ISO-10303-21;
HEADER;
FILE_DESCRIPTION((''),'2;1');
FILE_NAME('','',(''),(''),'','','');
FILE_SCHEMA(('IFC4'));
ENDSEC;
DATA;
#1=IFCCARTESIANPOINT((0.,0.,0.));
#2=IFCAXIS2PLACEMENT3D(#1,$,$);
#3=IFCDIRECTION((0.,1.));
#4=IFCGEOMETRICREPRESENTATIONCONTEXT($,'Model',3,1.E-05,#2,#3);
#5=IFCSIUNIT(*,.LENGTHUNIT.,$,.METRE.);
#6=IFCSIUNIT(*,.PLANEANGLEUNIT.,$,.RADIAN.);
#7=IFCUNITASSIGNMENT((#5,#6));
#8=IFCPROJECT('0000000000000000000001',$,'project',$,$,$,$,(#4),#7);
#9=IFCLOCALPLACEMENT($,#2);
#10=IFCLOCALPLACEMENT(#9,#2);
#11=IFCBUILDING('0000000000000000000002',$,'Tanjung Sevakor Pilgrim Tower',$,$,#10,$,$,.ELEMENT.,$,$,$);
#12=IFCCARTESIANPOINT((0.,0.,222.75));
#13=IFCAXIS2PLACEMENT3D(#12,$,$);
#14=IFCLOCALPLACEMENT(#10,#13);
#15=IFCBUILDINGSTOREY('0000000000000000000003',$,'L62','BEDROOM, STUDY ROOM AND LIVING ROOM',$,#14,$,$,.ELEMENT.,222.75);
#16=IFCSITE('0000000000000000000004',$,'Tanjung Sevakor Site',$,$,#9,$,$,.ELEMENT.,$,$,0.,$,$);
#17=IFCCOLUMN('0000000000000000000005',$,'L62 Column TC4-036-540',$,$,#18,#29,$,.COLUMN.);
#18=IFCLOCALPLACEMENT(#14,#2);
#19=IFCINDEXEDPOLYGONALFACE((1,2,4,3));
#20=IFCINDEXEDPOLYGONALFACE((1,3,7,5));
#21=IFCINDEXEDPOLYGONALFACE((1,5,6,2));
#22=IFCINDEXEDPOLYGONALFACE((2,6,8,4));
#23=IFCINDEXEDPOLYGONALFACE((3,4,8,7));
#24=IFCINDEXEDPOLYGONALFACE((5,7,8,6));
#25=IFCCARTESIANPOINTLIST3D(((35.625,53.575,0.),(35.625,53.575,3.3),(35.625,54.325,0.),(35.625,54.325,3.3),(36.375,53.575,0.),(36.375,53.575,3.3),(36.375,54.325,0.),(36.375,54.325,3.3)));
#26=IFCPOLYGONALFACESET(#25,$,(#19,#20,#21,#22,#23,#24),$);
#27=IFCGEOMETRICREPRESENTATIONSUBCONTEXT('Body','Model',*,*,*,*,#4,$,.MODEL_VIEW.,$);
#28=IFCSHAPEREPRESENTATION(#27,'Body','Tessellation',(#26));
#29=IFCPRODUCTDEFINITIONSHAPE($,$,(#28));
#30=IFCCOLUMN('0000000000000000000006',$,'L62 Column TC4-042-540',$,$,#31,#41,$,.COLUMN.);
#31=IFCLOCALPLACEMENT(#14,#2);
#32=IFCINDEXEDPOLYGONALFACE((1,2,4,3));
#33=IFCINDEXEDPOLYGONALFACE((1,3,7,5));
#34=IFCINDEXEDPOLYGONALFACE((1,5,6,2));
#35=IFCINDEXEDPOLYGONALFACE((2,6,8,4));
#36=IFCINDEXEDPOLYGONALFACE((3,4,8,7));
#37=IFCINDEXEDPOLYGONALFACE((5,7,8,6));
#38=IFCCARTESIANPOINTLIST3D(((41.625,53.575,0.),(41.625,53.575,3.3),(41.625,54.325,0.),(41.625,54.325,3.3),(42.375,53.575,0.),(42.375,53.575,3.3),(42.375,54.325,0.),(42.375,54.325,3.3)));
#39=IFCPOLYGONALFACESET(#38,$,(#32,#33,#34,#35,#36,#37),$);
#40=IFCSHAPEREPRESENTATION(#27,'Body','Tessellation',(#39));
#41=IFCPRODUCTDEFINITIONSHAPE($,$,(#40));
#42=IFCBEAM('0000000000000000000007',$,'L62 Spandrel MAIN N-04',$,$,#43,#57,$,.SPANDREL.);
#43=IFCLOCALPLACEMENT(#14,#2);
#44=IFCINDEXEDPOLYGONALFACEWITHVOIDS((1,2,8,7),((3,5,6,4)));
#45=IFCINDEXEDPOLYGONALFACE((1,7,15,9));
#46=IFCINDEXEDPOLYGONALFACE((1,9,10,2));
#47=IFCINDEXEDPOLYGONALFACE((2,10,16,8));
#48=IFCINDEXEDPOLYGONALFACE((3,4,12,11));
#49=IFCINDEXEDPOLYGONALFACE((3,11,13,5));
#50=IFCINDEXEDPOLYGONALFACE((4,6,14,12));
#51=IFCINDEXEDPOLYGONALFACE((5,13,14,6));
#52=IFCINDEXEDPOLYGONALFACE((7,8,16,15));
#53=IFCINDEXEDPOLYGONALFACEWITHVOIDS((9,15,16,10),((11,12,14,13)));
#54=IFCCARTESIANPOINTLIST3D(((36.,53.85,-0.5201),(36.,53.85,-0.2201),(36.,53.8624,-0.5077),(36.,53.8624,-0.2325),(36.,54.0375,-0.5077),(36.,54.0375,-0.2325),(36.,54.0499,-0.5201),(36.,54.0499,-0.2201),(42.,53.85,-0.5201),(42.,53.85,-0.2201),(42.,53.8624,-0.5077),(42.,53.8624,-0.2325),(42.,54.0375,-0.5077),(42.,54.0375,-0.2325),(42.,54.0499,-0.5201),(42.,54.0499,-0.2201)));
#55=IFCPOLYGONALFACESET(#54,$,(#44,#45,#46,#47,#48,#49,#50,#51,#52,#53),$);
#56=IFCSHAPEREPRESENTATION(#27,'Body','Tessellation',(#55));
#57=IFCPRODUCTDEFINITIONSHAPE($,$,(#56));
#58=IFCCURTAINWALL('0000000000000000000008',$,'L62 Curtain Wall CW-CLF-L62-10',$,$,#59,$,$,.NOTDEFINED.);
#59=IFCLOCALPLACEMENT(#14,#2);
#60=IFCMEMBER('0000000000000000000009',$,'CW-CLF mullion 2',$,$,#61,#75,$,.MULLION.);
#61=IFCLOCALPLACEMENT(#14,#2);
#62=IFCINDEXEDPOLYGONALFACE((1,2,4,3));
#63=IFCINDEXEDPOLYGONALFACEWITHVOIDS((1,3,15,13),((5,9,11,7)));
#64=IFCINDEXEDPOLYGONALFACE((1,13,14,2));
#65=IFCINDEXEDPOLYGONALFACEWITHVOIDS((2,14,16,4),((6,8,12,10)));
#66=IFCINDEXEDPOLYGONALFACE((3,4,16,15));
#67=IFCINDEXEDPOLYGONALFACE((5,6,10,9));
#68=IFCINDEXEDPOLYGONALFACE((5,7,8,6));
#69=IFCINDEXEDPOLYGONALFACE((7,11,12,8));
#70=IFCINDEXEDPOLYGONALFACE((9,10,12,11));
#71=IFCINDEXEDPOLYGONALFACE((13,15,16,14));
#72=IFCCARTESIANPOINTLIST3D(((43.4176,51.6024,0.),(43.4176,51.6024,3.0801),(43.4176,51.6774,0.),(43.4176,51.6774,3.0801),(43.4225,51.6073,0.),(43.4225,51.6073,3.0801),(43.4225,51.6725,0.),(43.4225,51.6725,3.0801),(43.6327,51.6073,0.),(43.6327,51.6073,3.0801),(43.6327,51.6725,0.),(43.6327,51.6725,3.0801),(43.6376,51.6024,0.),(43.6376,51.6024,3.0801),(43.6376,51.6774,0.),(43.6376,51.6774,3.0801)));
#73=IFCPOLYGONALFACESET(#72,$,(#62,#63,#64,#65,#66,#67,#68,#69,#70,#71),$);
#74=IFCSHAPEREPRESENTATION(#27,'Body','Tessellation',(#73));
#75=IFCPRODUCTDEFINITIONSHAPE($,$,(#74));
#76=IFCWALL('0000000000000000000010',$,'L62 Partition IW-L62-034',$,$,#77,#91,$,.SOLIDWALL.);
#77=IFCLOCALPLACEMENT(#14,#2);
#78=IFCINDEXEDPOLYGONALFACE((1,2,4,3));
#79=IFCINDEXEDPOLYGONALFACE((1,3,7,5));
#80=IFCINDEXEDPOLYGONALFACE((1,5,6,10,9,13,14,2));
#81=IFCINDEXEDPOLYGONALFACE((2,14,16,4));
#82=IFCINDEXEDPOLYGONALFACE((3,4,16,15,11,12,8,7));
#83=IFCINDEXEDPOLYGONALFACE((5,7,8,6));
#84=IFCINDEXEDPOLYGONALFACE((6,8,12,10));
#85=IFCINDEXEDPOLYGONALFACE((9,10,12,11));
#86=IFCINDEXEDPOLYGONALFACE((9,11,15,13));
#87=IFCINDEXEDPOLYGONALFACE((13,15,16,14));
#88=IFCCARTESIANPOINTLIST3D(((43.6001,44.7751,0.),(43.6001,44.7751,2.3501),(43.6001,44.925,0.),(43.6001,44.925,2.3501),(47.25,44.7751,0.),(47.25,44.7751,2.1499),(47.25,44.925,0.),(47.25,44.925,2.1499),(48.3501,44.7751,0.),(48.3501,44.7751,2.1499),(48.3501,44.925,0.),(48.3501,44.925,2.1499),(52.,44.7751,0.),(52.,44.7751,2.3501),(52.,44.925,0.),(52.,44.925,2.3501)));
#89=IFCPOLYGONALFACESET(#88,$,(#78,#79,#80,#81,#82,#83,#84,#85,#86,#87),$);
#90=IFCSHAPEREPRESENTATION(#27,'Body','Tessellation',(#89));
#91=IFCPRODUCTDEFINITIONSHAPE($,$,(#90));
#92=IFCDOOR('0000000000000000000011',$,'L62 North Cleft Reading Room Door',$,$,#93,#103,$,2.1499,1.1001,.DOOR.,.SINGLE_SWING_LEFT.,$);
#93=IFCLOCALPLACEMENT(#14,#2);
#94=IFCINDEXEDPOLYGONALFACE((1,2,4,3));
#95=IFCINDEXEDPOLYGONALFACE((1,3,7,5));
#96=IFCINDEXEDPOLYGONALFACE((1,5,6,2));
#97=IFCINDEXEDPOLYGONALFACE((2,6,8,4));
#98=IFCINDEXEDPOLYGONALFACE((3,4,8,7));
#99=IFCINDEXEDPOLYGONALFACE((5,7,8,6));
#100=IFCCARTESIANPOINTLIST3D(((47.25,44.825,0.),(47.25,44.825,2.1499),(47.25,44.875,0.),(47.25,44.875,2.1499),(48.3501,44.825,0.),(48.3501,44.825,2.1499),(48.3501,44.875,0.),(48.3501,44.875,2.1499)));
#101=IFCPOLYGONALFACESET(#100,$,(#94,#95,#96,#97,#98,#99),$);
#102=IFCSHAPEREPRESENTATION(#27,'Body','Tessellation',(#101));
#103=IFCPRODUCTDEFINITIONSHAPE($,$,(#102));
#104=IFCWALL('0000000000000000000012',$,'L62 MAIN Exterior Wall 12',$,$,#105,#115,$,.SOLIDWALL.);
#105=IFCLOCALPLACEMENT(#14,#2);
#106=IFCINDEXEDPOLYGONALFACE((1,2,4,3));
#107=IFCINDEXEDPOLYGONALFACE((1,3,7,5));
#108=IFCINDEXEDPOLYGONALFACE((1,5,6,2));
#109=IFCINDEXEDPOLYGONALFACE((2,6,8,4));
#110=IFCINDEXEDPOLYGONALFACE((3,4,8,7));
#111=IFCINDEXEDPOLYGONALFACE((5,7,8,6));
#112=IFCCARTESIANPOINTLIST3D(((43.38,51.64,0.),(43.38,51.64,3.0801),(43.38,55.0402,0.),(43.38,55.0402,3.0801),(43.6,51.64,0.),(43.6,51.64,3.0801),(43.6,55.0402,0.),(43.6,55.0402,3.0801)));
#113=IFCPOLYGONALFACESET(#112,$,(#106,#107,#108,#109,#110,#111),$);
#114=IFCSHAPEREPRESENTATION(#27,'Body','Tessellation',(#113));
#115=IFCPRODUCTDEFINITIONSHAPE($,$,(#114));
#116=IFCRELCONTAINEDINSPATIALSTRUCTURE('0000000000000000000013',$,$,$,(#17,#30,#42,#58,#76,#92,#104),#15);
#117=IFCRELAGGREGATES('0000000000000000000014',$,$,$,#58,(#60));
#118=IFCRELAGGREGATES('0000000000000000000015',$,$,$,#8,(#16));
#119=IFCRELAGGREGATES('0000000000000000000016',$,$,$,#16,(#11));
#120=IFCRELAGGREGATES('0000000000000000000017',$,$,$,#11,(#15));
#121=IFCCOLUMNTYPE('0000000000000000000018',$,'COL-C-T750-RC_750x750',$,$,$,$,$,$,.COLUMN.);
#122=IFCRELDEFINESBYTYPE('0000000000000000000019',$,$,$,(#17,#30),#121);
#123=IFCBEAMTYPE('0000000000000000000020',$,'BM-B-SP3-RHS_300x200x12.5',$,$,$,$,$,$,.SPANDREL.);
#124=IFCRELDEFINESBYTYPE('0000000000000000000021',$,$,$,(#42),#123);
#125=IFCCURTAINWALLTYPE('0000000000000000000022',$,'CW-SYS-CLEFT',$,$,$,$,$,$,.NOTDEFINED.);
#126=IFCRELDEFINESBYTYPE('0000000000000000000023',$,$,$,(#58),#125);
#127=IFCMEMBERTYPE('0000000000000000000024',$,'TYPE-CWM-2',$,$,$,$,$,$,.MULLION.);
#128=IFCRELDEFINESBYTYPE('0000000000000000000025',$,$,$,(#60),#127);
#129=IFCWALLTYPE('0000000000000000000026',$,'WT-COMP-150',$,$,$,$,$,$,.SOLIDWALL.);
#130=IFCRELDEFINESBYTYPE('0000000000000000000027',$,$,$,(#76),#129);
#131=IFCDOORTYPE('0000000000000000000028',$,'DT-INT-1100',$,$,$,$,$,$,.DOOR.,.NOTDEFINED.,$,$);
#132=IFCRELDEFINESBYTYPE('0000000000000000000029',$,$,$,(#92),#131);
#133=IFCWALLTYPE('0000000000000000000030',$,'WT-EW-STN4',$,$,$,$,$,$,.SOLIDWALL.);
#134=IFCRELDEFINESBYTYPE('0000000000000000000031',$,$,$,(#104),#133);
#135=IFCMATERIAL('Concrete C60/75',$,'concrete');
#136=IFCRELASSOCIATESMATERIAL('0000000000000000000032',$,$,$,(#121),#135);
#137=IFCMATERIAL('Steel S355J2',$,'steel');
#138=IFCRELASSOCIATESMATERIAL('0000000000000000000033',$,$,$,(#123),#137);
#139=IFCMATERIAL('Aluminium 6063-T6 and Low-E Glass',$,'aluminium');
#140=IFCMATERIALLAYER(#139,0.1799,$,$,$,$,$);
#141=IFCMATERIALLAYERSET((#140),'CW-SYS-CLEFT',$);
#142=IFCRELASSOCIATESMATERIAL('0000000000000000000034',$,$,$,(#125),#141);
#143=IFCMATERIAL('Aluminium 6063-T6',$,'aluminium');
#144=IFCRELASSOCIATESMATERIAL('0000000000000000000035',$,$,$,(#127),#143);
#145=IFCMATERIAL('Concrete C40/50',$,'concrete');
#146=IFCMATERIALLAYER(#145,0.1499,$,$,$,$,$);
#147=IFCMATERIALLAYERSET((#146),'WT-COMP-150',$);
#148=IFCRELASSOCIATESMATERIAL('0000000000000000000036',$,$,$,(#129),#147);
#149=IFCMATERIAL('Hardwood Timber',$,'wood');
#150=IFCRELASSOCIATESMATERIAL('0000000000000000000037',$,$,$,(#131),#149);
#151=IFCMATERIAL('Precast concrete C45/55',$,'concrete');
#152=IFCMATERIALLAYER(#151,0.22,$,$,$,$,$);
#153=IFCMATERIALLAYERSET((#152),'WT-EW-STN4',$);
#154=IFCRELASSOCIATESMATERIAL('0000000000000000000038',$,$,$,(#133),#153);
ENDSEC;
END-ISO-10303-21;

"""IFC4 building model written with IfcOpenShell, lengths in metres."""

from ifc_helpers import new_model, si_unit, direction, frame, frame_2d, origin, origin_2d, place, context, subcontext, project, spatial, rectangle, hollow_rectangle, extrude, material, layer, layer_set, material_profile, profile_set, type_object, element, fill, aggregate, save


model = new_model("IFC4")

# Units and contexts
model_context = context("Model", 3, precision=1e-05, world=origin(), true_north=direction((0.0, 1.0)))
body_context = subcontext(model_context, "Body", "Model", "MODEL_VIEW")
ifc_project = project(units=[si_unit("LENGTHUNIT", "METRE"), si_unit("PLANEANGLEUNIT", "RADIAN")], contexts=[model_context])

# Site, building, storey
site_placement = place(None, origin())
site = spatial("IfcSite", under=ifc_project, at=site_placement, Name="Tanjung Sevakor Site", CompositionType="ELEMENT", RefElevation=0.0)
building_placement = place(site_placement, origin())
building = spatial("IfcBuilding", under=site, at=building_placement, Name="Tanjung Sevakor Pilgrim Tower", CompositionType="ELEMENT")
storey_placement = place(building_placement, frame((0.0, 0.0, 222.75)))
storey = spatial("IfcBuildingStorey", under=building, at=storey_placement, Name="L62", Description="BEDROOM, STUDY ROOM AND LIVING ROOM", CompositionType="ELEMENT", Elevation=222.75)

# Columns
ifc_material_1 = material(Name="Concrete C60/75", Category="concrete")
ifc_material_profile_1 = material_profile(ifc_material_1, rectangle(XDim=0.75, YDim=0.75, at=origin_2d()))
ifc_profile_set_1 = profile_set([ifc_material_profile_1], Name="Concrete C60/75")
column_type = type_object("IfcColumnType", Name="COL-C-T750-RC_750x750", PredefinedType="COLUMN", material=ifc_profile_set_1)
for number, where, z_axis, x_axis, name in (
    (1, (36.0, 53.95, 0.0), (0.0, 0.0, 1.0), (1.0, 0.0, 0.0), "L62 Column TC4-036-540"),
    (2, (42.0, 53.95, 0.0), (0.0, 0.0, 1.0), (1.0, 0.0, 0.0), "L62 Column TC4-042-540"),
):
    element("IfcColumn", number, at=place(storey_placement, frame(where, z_axis=z_axis, x_axis=x_axis)), inside=storey, type_object=column_type, Name=name, PredefinedType="COLUMN", context=body_context, shape_type="SweptSolid", body=[
        extrude(rectangle(XDim=0.75, YDim=0.75, at=origin_2d()), origin(), (0.0, 0.0, 1.0), 3.3),
    ])

# Beam
ifc_material_2 = material(Name="Steel S355J2", Category="steel")
ifc_material_profile_2 = material_profile(ifc_material_2, hollow_rectangle(XDim=0.2, YDim=0.3, WallThickness=0.0125, at=origin_2d()))
ifc_profile_set_2 = profile_set([ifc_material_profile_2], Name="Steel S355J2")
beam_type = type_object("IfcBeamType", Name="BM-B-SP3-RHS_300x200x12.5", PredefinedType="SPANDREL", material=ifc_profile_set_2)
beam_placement = place(storey_placement, frame((36.0, 53.95, -0.3701), z_axis=(1.0, 0.0, 0.0), x_axis=(0.0, 1.0, 0.0)))
element("IfcBeam", 3, at=beam_placement, inside=storey, type_object=beam_type, Name="L62 Spandrel MAIN N-04", PredefinedType="SPANDREL", context=body_context, shape_type="SweptSolid", body=[
    extrude(hollow_rectangle(XDim=0.2, YDim=0.3, WallThickness=0.0125, at=origin_2d()), origin(), (0.0, 0.0, 1.0), 6.0),
])

# Curtain wall, member
ifc_material_3 = material(Name="Aluminium 6063-T6 and Low-E Glass", Category="aluminium")
ifc_layer_1 = layer(ifc_material_3, 0.1799)
ifc_layer_set_1 = layer_set([ifc_layer_1], Name="CW-SYS-CLEFT")
curtain_wall_type = type_object("IfcCurtainWallType", Name="CW-SYS-CLEFT", PredefinedType="NOTDEFINED", material=ifc_layer_set_1)
curtain_wall_placement = place(storey_placement, origin())
curtain_wall = element("IfcCurtainWall", 4, at=curtain_wall_placement, inside=storey, type_object=curtain_wall_type, Name="L62 Curtain Wall CW-CLF-L62-10", PredefinedType="NOTDEFINED")
ifc_material_4 = material(Name="Aluminium 6063-T6", Category="aluminium")
ifc_material_profile_3 = material_profile(ifc_material_4, hollow_rectangle(XDim=0.075, YDim=0.22, WallThickness=0.0049, at=origin_2d()))
ifc_profile_set_3 = profile_set([ifc_material_profile_3], Name="Aluminium 6063-T6")
member_type = type_object("IfcMemberType", Name="TYPE-CWM-2", PredefinedType="MULLION", material=ifc_profile_set_3)
member_placement = place(storey_placement, frame((43.5276, 51.6399, 0.0), z_axis=(0.0, 0.0, 1.0), x_axis=(0.0, -1.0, 0.0)))
member = element("IfcMember", 5, at=member_placement, type_object=member_type, Name="CW-CLF mullion 2", PredefinedType="MULLION", context=body_context, shape_type="SweptSolid", body=[
    extrude(hollow_rectangle(XDim=0.075, YDim=0.22, WallThickness=0.0049, at=origin_2d()), origin(), (0.0, 0.0, 1.0), 3.0801),
])
aggregate(curtain_wall, [member])

# Wall, opening, door
ifc_material_5 = material(Name="Concrete C40/50", Category="concrete")
ifc_layer_2 = layer(ifc_material_5, 0.1499)
ifc_layer_set_2 = layer_set([ifc_layer_2], Name="WT-COMP-150")
wall_type_1 = type_object("IfcWallType", Name="WT-COMP-150", PredefinedType="SOLIDWALL", material=ifc_layer_set_2)
wall_1_placement = place(storey_placement, frame((43.6001, 44.8501, 0.0), z_axis=(0.0, 0.0, 1.0), x_axis=(1.0, 0.0, 0.0)))
wall_1 = element("IfcWall", 6, at=wall_1_placement, inside=storey, type_object=wall_type_1, Name="L62 Partition IW-L62-034", PredefinedType="SOLIDWALL", context=body_context, shape_type="SweptSolid", body=[
    extrude(rectangle(XDim=8.3999, YDim=0.1499, at=frame_2d((4.2, 0.0))), origin(), (0.0, 0.0, 1.0), 2.3501),
])
opening_1_placement = place(wall_1_placement, frame((3.6499, 0.0, 0.0)))
opening_1 = element("IfcOpeningElement", 7, at=opening_1_placement, cuts=wall_1, PredefinedType="OPENING", context=body_context, shape_type="SweptSolid", body=[
    extrude(rectangle(XDim=1.1001, YDim=2.1499, at=frame_2d((0.55, 1.075))), frame((0.0, 0.085, 0.0), z_axis=(0.0, -1.0, 0.0), x_axis=(1.0, 0.0, 0.0)), (0.0, 0.0, 1.0), 0.1699),
])
ifc_material_6 = material(Name="Hardwood Timber", Category="wood")
door_type_1 = type_object("IfcDoorType", Name="DT-INT-1100", OperationType="NOTDEFINED", PredefinedType="DOOR", material=ifc_material_6)
door_1_placement = place(opening_1_placement, origin())
door_1 = element("IfcDoor", 8, at=door_1_placement, inside=storey, type_object=door_type_1, Name="L62 North Cleft Reading Room Door", OperationType="SINGLE_SWING_LEFT", OverallHeight=2.1499, OverallWidth=1.1001, PredefinedType="DOOR", context=body_context, shape_type="SweptSolid", body=[
    extrude(rectangle(XDim=1.1001, YDim=2.1499, at=frame_2d((0.55, 1.075))), frame((0.0, 0.0249, 0.0), z_axis=(0.0, -1.0, 0.0), x_axis=(1.0, 0.0, 0.0)), (0.0, 0.0, 1.0), 0.05),
])
fill(opening_1, door_1)

# Wall
ifc_material_7 = material(Name="Precast concrete C45/55", Category="concrete")
ifc_layer_3 = layer(ifc_material_7, 0.22)
ifc_layer_set_3 = layer_set([ifc_layer_3], Name="WT-EW-STN4")
wall_type_2 = type_object("IfcWallType", Name="WT-EW-STN4", PredefinedType="SOLIDWALL", material=ifc_layer_set_3)
wall_2_placement = place(storey_placement, frame((43.49, 51.6399, 0.0), z_axis=(0.0, 0.0, 1.0), x_axis=(0.0, 1.0, 0.0)))
element("IfcWall", 9, at=wall_2_placement, inside=storey, type_object=wall_type_2, Name="L62 MAIN Exterior Wall 12", PredefinedType="SOLIDWALL", context=body_context, shape_type="SweptSolid", body=[
    extrude(rectangle(XDim=3.4001, YDim=0.22, at=frame_2d((1.7002, 0.0))), origin(), (0.0, 0.0, 1.0), 3.0801),
])

save(model, "model.ifc")
